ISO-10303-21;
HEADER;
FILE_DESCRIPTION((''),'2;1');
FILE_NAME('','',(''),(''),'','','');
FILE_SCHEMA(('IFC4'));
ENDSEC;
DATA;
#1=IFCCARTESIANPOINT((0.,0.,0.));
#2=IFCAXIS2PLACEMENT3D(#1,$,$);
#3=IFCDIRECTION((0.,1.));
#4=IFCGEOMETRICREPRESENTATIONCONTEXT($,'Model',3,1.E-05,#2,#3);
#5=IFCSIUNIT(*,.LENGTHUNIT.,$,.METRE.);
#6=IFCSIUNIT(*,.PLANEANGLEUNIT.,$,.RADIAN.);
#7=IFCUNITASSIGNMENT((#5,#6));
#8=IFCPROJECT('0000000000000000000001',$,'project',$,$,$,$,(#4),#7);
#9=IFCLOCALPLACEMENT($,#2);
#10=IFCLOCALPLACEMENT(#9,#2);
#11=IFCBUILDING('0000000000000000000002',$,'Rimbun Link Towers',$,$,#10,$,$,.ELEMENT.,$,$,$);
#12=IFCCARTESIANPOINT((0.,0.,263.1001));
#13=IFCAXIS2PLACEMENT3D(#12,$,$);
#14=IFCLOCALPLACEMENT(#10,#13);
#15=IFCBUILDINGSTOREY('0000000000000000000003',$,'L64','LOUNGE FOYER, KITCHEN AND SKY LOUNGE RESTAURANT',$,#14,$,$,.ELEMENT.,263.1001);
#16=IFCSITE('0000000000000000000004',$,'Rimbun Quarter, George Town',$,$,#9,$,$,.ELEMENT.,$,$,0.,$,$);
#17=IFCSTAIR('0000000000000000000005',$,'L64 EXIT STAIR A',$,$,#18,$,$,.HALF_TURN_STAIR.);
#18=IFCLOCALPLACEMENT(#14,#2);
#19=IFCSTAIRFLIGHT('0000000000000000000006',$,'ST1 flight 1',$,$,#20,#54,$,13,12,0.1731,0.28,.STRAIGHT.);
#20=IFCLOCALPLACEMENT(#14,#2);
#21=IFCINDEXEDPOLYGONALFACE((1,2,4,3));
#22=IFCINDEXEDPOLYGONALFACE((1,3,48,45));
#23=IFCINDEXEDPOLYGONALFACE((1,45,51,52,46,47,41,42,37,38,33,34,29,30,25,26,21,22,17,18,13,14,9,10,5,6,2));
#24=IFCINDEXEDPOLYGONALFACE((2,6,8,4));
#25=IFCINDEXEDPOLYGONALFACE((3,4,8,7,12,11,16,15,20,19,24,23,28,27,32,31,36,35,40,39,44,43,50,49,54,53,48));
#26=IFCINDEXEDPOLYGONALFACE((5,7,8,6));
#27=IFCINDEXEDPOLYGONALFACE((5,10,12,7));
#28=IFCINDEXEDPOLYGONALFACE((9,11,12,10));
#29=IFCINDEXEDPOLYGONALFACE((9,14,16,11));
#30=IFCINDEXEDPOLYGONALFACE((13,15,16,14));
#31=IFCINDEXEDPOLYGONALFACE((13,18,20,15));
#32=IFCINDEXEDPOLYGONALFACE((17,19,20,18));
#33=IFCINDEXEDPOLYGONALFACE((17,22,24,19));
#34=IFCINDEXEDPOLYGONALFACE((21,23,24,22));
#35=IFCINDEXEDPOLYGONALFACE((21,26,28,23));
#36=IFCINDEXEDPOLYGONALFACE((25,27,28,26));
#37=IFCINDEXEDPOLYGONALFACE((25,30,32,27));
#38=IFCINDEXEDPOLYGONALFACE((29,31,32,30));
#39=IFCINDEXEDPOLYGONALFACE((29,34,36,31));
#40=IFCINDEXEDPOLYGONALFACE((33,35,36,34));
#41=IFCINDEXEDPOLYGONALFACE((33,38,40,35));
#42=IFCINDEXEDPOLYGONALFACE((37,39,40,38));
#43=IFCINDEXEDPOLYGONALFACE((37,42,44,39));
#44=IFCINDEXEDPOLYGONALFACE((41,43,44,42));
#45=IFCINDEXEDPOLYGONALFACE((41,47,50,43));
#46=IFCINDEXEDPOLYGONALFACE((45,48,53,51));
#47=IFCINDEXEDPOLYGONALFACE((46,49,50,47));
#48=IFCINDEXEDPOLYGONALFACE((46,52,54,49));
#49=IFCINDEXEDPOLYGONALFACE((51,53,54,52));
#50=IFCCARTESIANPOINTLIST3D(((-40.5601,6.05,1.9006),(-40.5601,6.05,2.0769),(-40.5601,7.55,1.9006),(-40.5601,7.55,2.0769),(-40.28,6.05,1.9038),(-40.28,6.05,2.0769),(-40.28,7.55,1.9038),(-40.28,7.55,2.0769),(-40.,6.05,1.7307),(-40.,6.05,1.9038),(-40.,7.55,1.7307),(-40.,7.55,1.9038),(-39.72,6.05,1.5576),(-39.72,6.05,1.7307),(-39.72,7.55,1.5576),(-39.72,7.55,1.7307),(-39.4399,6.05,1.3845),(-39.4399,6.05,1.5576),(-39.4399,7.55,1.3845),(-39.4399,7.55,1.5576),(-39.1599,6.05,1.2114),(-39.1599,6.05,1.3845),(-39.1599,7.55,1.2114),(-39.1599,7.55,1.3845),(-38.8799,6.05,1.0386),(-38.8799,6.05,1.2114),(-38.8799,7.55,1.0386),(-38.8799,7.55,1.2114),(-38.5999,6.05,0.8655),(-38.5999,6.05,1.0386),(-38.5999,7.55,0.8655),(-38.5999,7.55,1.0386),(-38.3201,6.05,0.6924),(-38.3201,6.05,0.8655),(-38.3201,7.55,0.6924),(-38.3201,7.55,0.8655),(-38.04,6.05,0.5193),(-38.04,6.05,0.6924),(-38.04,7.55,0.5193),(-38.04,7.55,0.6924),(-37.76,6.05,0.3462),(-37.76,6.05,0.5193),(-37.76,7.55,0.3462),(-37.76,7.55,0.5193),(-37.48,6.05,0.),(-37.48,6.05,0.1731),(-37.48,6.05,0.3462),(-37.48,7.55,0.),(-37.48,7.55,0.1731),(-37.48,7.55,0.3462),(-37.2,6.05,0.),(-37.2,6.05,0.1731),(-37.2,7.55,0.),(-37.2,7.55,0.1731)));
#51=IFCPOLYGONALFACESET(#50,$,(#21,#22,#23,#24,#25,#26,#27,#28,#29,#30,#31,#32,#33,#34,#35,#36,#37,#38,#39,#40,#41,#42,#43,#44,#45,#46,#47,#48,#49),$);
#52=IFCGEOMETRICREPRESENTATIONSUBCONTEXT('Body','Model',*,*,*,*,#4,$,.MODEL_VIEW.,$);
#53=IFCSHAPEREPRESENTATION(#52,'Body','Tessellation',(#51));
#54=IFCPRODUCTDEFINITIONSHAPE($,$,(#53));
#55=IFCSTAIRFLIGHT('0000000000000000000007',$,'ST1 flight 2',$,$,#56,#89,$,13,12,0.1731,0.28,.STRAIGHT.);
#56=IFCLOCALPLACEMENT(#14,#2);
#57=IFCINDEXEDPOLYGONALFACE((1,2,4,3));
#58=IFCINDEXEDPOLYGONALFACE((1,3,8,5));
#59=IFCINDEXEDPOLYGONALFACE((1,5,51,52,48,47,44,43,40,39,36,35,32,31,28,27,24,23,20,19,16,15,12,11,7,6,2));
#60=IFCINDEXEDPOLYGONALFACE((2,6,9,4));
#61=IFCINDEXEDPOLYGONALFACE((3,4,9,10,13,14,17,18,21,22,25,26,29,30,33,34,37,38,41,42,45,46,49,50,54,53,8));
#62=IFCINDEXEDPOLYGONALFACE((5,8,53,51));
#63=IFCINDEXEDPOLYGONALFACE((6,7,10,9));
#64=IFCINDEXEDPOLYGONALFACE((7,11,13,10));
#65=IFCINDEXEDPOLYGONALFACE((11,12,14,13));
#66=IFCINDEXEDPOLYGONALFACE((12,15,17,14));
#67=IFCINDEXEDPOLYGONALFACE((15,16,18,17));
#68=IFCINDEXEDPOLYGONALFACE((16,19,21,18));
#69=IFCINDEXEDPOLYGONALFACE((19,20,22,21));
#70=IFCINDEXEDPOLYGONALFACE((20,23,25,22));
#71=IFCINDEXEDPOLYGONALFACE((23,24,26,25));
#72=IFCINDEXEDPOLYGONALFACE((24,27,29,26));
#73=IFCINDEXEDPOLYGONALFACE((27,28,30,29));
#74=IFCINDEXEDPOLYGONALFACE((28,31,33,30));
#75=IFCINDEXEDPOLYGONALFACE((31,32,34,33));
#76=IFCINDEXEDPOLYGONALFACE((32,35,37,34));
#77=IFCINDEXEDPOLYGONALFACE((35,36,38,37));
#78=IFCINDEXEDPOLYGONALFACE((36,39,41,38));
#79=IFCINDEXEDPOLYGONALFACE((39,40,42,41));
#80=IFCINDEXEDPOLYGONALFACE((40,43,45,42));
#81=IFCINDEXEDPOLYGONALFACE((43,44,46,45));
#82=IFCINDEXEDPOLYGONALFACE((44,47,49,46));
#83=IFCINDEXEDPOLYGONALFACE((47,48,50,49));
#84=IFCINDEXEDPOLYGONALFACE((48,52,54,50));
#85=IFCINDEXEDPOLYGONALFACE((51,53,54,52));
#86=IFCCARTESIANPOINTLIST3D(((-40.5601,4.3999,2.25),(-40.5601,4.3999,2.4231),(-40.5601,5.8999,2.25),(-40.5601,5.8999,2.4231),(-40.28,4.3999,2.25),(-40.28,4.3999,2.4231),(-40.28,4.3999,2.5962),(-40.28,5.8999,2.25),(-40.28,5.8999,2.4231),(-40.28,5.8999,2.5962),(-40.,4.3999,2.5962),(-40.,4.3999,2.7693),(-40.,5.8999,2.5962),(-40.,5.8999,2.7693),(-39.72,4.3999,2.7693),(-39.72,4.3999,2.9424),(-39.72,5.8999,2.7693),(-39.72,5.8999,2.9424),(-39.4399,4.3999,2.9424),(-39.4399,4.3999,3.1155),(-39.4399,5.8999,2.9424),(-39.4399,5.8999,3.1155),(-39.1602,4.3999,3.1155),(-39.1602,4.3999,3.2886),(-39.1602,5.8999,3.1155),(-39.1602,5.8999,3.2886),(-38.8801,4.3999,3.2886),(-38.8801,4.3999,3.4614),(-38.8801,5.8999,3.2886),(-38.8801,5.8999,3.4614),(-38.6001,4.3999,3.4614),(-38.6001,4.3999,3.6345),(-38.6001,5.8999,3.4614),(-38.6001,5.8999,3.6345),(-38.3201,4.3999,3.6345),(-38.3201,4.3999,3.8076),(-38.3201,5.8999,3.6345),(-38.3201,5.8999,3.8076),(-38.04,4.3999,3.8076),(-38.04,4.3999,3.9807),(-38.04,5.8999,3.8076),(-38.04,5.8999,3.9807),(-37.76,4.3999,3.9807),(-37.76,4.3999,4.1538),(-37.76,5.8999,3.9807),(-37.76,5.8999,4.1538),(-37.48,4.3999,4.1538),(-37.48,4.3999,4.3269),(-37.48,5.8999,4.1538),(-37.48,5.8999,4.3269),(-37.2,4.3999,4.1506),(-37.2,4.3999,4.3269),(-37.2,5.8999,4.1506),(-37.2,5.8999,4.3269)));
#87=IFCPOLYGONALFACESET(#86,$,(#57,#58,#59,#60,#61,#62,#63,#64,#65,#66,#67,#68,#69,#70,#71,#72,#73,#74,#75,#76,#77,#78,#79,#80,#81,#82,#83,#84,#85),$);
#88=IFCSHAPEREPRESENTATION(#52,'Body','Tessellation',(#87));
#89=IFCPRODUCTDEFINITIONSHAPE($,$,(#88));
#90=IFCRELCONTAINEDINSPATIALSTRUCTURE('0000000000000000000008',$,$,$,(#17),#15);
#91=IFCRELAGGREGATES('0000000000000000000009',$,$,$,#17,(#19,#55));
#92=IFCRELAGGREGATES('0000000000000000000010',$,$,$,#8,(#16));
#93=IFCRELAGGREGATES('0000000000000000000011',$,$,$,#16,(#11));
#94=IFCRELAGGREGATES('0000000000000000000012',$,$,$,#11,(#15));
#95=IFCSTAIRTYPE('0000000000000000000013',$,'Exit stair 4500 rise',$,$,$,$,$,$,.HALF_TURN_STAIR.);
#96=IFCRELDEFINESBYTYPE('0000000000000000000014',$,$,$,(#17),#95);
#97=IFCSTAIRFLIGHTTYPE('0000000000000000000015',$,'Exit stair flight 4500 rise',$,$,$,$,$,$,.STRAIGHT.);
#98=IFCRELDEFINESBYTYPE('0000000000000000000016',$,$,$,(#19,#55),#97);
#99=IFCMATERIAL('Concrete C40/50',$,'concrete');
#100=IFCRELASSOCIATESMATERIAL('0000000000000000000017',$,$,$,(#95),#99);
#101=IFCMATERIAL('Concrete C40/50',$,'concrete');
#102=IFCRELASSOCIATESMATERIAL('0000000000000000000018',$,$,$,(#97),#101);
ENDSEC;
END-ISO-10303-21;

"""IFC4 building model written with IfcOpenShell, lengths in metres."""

from ifc_helpers import new_model, si_unit, direction, frame, origin, place, context, subcontext, project, spatial, polyline, outline, extrude, material, type_object, element, aggregate, save


model = new_model("IFC4")

# Units and contexts
model_context = context("Model", 3, precision=1e-05, world=origin(), true_north=direction((0.0, 1.0)))
body_context = subcontext(model_context, "Body", "Model", "MODEL_VIEW")
ifc_project = project(units=[si_unit("LENGTHUNIT", "METRE"), si_unit("PLANEANGLEUNIT", "RADIAN")], contexts=[model_context])

# Site, building, storey
site_placement = place(None, origin())
site = spatial("IfcSite", under=ifc_project, at=site_placement, Name="Rimbun Quarter, George Town", CompositionType="ELEMENT", RefElevation=0.0)
building_placement = place(site_placement, origin())
building = spatial("IfcBuilding", under=site, at=building_placement, Name="Rimbun Link Towers", CompositionType="ELEMENT")
storey_placement = place(building_placement, frame((0.0, 0.0, 263.1001)))
storey = spatial("IfcBuildingStorey", under=building, at=storey_placement, Name="L64", Description="LOUNGE FOYER, KITCHEN AND SKY LOUNGE RESTAURANT", CompositionType="ELEMENT", Elevation=263.1001)

# Stair, stair flights
ifc_material_1 = material(Name="Concrete C40/50", Category="concrete")
stair_type = type_object("IfcStairType", Name="Exit stair 4500 rise", PredefinedType="HALF_TURN_STAIR", material=ifc_material_1)
stair_placement = place(storey_placement, origin())
stair = element("IfcStair", 1, at=stair_placement, inside=storey, type_object=stair_type, Name="L64 EXIT STAIR A", PredefinedType="HALF_TURN_STAIR")
ifc_material_2 = material(Name="Concrete C40/50", Category="concrete")
stair_flight_type = type_object("IfcStairFlightType", Name="Exit stair flight 4500 rise", PredefinedType="STRAIGHT", material=ifc_material_2)
stair_flight_1_placement = place(storey_placement, frame((-37.2, 6.8, 0.0), z_axis=(0.0, 0.0, 1.0), x_axis=(-1.0, 0.0, 0.0)))
stair_flight_1 = element("IfcStairFlight", 2, at=stair_flight_1_placement, type_object=stair_flight_type, Name="ST1 flight 1", NumberOfRisers=13, NumberOfTreads=12, PredefinedType="STRAIGHT", RiserHeight=0.1731, TreadLength=0.28, context=body_context, shape_type="SweptSolid", body=[
    extrude(outline(polyline([(0.0, 0.0), (0.0, 0.1731), (0.28, 0.1731), (0.28, 0.3462), (0.5601, 0.3462), (0.5601, 0.5193), (0.8401, 0.5193), (0.8401, 0.6924), (1.1201, 0.6924), (1.1201, 0.8655), (1.3999, 0.8655), (1.3999, 1.0386), (1.6799, 1.0386), (1.6799, 1.2114), (1.96, 1.2114), (1.96, 1.3845), (2.24, 1.3845), (2.24, 1.5576), (2.52, 1.5576), (2.52, 1.7307), (2.8, 1.7307), (2.8, 1.9038), (3.0801, 1.9038), (3.0801, 2.0769), (3.3601, 2.0769), (3.3601, 2.25), (3.3601, 1.9006), (0.28, 0.0), (0.0, 0.0)])), frame((0.0, 0.75, 0.0), z_axis=(0.0, -1.0, 0.0), x_axis=(1.0, 0.0, 0.0)), (0.0, 0.0, 1.0), 1.5),
])
stair_flight_2_placement = place(storey_placement, frame((-40.5601, 5.1499, 2.25), z_axis=(0.0, 0.0, 1.0), x_axis=(1.0, 0.0, 0.0)))
stair_flight_2 = element("IfcStairFlight", 3, at=stair_flight_2_placement, type_object=stair_flight_type, Name="ST1 flight 2", NumberOfRisers=13, NumberOfTreads=12, PredefinedType="STRAIGHT", RiserHeight=0.1731, TreadLength=0.28, context=body_context, shape_type="SweptSolid", body=[
    extrude(outline(polyline([(0.0, 0.0), (0.0, 0.1731), (0.28, 0.1731), (0.28, 0.3462), (0.5601, 0.3462), (0.5601, 0.5193), (0.8401, 0.5193), (0.8401, 0.6924), (1.1201, 0.6924), (1.1201, 0.8655), (1.3999, 0.8655), (1.3999, 1.0386), (1.6799, 1.0386), (1.6799, 1.2114), (1.96, 1.2114), (1.96, 1.3845), (2.24, 1.3845), (2.24, 1.5576), (2.52, 1.5576), (2.52, 1.7307), (2.8, 1.7307), (2.8, 1.9038), (3.0801, 1.9038), (3.0801, 2.0769), (3.3601, 2.0769), (3.3601, 2.25), (3.3601, 1.9006), (0.28, 0.0), (0.0, 0.0)])), frame((0.0, 0.75, 0.0), z_axis=(0.0, -1.0, 0.0), x_axis=(1.0, 0.0, 0.0)), (0.0, 0.0, 1.0), 1.5),
])
aggregate(stair, [stair_flight_1, stair_flight_2])

save(model, "model.ifc")
